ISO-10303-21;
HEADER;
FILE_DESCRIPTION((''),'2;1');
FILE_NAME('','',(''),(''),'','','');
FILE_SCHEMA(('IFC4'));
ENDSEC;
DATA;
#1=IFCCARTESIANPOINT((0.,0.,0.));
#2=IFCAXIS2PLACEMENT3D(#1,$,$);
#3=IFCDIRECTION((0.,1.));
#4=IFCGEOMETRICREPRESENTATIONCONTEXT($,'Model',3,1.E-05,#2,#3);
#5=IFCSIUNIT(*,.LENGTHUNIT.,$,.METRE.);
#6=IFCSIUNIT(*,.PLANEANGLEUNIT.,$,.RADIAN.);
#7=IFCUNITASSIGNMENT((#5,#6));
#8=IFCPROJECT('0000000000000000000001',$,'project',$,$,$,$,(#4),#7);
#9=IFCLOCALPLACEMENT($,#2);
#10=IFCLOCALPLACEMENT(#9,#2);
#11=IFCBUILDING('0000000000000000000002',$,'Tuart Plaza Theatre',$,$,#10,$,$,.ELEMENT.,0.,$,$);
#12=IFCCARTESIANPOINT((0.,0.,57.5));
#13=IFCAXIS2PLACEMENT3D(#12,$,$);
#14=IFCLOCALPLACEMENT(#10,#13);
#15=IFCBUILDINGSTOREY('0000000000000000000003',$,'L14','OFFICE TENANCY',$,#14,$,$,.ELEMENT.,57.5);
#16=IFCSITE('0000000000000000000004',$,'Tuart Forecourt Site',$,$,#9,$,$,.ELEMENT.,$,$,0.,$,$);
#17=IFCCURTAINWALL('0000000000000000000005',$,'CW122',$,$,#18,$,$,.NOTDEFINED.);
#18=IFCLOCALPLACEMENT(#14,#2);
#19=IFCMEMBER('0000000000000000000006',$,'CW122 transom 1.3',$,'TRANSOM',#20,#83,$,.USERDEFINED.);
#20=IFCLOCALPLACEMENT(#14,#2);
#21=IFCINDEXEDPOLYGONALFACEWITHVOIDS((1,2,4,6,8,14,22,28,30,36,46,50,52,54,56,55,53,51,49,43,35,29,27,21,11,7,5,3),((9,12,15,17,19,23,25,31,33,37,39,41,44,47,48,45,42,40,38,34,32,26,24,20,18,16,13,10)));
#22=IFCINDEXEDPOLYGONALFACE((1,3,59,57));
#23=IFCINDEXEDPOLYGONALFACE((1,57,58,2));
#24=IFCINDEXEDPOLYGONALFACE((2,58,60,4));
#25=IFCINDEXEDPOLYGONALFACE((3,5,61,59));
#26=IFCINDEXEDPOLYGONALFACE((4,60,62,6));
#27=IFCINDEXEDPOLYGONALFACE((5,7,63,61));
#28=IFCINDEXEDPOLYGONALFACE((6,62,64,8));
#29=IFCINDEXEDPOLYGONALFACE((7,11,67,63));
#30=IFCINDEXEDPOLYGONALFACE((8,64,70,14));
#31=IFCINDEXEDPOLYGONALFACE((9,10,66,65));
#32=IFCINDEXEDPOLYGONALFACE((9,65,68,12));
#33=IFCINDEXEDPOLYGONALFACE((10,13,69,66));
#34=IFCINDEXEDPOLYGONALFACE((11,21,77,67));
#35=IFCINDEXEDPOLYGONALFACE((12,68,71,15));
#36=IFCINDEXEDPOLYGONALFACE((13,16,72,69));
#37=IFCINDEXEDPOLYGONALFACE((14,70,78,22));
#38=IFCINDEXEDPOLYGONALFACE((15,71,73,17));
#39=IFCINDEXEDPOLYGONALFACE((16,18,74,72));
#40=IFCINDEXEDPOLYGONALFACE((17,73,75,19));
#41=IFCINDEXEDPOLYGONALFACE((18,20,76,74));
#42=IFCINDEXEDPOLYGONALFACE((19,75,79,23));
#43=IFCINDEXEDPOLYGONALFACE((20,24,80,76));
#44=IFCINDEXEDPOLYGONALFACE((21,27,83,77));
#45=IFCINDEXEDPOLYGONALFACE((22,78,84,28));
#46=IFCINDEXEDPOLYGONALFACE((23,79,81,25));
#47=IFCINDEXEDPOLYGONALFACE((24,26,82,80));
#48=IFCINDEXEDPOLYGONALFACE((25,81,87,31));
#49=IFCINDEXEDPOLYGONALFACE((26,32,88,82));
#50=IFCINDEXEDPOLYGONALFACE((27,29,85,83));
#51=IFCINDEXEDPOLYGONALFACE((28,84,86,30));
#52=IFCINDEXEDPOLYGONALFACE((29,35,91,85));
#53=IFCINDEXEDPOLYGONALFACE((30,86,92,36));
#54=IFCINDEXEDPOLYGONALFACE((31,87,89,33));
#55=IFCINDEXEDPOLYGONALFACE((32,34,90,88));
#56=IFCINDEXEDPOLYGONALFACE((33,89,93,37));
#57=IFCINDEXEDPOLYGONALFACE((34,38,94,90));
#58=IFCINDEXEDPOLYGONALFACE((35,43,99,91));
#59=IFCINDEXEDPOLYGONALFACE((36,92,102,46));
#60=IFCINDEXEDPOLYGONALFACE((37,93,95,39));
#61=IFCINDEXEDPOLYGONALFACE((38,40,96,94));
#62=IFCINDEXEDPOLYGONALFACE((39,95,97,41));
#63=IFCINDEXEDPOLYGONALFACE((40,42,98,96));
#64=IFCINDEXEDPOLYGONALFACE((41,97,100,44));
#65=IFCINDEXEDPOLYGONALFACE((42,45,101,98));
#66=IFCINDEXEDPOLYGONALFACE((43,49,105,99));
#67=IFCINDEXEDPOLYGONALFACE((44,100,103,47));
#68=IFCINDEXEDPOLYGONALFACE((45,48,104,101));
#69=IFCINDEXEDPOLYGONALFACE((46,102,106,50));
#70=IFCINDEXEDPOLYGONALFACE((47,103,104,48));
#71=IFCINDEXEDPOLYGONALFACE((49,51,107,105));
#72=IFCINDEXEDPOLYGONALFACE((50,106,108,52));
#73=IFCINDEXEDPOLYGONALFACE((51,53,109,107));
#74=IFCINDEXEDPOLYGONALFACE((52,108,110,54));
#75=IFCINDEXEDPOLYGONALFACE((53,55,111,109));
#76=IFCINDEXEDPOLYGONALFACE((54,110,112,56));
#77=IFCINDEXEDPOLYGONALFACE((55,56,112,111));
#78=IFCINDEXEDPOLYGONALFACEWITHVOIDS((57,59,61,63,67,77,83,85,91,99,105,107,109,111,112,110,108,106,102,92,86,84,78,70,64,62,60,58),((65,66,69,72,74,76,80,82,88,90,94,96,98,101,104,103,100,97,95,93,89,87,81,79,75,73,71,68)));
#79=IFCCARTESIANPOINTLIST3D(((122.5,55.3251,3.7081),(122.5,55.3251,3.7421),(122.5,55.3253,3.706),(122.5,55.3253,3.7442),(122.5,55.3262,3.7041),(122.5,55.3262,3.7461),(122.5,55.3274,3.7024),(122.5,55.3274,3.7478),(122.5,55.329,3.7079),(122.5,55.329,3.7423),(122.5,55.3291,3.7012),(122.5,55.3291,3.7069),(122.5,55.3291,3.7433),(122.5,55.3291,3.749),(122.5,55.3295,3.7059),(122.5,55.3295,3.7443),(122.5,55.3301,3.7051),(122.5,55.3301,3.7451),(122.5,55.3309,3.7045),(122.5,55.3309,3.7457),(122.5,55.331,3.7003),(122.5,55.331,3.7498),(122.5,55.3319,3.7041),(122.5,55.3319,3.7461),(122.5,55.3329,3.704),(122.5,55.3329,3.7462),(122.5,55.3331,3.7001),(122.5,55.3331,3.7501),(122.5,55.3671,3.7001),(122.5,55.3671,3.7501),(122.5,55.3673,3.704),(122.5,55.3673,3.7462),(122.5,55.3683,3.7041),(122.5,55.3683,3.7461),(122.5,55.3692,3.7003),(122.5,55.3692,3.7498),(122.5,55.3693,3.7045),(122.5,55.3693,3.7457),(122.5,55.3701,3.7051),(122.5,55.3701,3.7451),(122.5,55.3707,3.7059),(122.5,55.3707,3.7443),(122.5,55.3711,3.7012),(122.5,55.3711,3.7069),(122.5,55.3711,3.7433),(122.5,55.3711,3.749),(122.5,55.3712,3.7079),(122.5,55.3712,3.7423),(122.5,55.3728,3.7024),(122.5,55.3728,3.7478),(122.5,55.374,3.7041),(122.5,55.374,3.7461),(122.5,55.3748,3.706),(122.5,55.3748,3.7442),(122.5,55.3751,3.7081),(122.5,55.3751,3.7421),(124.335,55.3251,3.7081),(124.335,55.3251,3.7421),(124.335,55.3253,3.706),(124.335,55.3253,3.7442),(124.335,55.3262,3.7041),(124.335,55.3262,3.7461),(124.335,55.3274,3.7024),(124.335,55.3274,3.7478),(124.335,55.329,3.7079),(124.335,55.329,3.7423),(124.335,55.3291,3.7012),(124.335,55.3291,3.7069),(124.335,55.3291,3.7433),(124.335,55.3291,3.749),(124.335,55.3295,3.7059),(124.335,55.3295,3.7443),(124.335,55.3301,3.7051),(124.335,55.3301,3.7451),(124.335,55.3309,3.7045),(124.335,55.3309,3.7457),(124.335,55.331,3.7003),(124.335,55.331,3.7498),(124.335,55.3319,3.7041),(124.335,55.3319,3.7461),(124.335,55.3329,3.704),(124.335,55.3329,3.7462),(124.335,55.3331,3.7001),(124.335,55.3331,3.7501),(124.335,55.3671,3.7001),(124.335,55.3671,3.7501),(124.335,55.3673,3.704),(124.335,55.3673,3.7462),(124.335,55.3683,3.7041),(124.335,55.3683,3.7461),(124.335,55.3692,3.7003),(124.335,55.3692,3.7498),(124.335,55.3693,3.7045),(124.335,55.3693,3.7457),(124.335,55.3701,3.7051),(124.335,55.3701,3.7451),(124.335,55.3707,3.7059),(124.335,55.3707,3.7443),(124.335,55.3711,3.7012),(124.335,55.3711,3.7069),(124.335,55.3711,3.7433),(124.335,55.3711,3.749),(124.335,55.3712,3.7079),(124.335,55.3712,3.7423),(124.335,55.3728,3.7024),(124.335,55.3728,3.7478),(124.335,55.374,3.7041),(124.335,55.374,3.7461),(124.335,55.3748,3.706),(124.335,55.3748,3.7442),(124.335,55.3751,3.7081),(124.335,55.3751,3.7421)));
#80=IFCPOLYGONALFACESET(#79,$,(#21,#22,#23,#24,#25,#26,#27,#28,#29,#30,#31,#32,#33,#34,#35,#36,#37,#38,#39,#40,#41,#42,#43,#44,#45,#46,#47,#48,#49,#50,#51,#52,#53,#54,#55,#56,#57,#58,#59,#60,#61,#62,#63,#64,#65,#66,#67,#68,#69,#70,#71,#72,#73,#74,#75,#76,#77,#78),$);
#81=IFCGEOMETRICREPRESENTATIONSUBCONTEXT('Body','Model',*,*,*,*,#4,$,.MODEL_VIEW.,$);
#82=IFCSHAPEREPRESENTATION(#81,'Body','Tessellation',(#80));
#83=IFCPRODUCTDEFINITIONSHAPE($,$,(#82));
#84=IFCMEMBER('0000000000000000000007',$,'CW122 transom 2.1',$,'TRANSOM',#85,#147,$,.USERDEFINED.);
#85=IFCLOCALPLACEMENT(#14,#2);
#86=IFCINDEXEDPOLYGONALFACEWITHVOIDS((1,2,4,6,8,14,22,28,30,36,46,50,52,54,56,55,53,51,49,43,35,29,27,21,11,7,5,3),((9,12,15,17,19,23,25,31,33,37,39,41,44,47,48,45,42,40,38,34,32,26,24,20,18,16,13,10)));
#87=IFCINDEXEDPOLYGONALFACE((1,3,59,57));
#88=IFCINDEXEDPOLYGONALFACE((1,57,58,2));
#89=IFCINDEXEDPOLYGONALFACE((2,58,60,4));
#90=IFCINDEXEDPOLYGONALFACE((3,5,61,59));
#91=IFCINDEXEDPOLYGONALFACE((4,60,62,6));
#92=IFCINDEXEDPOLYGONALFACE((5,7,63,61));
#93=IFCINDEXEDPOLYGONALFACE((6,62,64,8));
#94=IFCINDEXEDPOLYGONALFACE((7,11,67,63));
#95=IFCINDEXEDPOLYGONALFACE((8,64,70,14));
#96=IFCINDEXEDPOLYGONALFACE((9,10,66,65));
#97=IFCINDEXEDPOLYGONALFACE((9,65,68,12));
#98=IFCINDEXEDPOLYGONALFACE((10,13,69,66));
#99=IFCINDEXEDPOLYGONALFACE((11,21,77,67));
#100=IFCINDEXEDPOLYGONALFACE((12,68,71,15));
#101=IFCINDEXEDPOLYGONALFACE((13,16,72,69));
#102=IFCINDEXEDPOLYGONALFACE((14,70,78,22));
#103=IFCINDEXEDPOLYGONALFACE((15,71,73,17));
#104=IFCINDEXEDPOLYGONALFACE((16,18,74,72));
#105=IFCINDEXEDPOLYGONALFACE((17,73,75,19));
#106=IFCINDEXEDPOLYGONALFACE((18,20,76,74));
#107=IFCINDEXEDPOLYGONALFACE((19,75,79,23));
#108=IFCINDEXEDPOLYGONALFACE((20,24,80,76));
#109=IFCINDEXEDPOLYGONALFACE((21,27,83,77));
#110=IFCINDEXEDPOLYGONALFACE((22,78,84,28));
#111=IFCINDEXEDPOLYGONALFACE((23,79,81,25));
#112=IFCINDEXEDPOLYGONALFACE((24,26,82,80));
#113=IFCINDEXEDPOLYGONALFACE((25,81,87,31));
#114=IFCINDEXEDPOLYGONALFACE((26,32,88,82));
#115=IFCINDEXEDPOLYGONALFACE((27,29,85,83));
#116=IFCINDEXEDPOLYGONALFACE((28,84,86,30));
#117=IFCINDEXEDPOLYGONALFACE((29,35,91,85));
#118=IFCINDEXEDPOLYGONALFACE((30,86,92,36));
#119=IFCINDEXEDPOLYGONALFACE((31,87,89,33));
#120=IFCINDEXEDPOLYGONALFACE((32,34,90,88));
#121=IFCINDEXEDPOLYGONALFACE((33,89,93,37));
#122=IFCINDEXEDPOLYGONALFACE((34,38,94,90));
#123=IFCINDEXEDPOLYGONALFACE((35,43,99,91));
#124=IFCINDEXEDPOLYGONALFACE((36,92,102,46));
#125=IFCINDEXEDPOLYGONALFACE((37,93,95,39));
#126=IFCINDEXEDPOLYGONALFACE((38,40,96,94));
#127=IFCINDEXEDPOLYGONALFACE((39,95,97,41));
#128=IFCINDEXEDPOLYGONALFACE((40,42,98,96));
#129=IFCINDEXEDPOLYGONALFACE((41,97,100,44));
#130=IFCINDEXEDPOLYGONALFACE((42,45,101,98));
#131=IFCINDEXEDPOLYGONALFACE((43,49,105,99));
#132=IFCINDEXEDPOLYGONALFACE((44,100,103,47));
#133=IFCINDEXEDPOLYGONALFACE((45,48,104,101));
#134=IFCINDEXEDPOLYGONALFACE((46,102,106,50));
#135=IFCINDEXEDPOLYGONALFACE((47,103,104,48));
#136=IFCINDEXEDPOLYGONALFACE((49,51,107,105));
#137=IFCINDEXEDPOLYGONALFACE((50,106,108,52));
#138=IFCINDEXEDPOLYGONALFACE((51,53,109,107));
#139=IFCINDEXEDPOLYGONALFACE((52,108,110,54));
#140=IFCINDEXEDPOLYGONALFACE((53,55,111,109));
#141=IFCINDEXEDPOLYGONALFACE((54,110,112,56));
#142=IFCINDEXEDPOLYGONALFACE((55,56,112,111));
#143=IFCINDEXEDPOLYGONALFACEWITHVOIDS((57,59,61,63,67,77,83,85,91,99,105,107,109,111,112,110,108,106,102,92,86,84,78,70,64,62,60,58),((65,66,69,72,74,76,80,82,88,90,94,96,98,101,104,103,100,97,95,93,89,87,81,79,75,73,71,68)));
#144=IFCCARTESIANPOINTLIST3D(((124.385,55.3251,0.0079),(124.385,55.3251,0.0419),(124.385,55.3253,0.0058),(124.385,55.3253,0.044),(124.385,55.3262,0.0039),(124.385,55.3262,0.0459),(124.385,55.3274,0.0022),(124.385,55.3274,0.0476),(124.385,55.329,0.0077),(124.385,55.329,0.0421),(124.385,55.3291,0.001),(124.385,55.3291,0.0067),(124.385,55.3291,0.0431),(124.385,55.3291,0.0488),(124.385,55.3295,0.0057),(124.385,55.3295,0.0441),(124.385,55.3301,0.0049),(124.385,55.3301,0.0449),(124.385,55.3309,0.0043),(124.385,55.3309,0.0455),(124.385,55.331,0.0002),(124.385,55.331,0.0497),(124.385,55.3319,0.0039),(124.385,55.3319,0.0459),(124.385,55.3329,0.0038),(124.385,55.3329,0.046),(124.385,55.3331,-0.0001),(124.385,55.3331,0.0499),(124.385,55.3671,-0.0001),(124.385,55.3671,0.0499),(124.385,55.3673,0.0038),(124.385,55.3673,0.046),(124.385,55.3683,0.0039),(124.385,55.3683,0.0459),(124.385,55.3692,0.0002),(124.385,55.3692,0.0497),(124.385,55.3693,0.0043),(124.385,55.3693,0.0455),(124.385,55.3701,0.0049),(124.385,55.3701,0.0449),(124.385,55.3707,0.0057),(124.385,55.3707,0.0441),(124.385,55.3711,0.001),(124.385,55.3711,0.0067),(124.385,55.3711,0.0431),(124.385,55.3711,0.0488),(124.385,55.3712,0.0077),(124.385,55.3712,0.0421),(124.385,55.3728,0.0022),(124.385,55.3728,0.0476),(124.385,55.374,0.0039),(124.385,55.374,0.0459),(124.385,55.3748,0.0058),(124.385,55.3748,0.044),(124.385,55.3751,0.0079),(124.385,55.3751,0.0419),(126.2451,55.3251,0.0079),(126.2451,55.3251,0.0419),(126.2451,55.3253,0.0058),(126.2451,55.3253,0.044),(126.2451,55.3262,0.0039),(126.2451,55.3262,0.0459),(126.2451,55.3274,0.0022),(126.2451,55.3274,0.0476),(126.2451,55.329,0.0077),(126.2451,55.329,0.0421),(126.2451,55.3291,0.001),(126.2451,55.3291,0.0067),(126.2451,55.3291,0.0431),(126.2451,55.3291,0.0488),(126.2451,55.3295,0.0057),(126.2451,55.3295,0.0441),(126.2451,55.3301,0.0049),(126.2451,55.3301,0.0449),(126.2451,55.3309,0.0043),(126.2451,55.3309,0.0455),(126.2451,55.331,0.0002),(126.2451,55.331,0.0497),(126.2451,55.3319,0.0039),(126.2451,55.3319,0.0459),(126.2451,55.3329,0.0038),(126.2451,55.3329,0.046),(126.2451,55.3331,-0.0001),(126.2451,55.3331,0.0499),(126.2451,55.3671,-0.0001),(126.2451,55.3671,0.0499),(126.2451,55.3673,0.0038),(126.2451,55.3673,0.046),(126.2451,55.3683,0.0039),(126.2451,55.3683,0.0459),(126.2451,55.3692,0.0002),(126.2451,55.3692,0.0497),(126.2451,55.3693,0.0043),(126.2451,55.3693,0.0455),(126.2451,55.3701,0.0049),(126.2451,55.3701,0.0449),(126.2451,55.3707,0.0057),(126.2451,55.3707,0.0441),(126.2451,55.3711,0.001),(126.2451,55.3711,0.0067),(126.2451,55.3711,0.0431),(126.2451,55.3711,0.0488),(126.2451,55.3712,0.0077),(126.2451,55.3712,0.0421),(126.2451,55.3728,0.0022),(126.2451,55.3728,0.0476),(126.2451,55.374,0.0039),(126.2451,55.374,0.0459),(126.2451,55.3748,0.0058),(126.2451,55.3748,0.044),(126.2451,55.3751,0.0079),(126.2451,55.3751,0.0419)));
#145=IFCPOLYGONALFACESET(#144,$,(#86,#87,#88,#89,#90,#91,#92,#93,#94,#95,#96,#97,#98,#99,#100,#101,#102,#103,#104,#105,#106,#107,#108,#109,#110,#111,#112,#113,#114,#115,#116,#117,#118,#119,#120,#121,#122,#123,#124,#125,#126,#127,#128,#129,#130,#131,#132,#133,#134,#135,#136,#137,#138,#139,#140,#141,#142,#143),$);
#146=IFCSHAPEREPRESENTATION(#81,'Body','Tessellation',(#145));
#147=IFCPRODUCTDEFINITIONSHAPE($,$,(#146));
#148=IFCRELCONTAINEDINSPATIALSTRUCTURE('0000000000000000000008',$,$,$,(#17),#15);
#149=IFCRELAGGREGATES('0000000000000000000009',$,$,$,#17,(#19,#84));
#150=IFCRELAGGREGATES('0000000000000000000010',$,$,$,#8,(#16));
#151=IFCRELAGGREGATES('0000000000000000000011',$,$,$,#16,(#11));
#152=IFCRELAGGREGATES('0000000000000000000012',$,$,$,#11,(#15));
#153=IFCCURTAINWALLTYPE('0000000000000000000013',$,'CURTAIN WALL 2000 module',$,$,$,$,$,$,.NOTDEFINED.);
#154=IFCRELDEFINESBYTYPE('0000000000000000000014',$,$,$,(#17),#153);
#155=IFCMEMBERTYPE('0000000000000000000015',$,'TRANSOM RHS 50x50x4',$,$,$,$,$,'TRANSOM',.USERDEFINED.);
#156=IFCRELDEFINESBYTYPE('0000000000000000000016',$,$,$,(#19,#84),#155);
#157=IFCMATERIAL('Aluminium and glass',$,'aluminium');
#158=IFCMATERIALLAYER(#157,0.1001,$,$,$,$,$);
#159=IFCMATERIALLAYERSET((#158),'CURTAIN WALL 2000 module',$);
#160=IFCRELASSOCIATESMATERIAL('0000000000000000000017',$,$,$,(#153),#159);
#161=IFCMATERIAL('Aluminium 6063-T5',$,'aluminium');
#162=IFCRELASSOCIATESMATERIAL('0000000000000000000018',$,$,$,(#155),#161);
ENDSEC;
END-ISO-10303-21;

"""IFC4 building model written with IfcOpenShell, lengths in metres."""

from ifc_helpers import new_model, si_unit, direction, frame, origin, origin_2d, place, context, subcontext, project, spatial, hollow_rectangle, extrude, material, layer, layer_set, material_profile, profile_set, type_object, element, aggregate, save


model = new_model("IFC4")

# Units and contexts
model_context = context("Model", 3, precision=1e-05, world=origin(), true_north=direction((0.0, 1.0)))
body_context = subcontext(model_context, "Body", "Model", "MODEL_VIEW")
ifc_project = project(units=[si_unit("LENGTHUNIT", "METRE"), si_unit("PLANEANGLEUNIT", "RADIAN")], contexts=[model_context])

# Site, building, storey
site_placement = place(None, origin())
site = spatial("IfcSite", under=ifc_project, at=site_placement, Name="Tuart Forecourt Site", CompositionType="ELEMENT", RefElevation=0.0)
building_placement = place(site_placement, origin())
building = spatial("IfcBuilding", under=site, at=building_placement, Name="Tuart Plaza Theatre", CompositionType="ELEMENT", ElevationOfRefHeight=0.0)
storey_placement = place(building_placement, frame((0.0, 0.0, 57.5)))
storey = spatial("IfcBuildingStorey", under=building, at=storey_placement, Name="L14", Description="OFFICE TENANCY", CompositionType="ELEMENT", Elevation=57.5)

# Shared definitions
ifc_material_1 = material(Name="Aluminium and glass", Category="aluminium")
ifc_layer_1 = layer(ifc_material_1, 0.1001)
ifc_layer_set_1 = layer_set([ifc_layer_1], Name="CURTAIN WALL 2000 module")
curtain_wall_type = type_object("IfcCurtainWallType", Name="CURTAIN WALL 2000 module", PredefinedType="NOTDEFINED", material=ifc_layer_set_1)

# Curtain wall
curtain_wall_1_placement = place(storey_placement, origin())
curtain_wall_1 = element("IfcCurtainWall", 1, at=curtain_wall_1_placement, inside=storey, type_object=curtain_wall_type, Name="CW122", PredefinedType="NOTDEFINED")

# Members
ifc_material_2 = material(Name="Aluminium 6063-T5", Category="aluminium")
ifc_material_profile_1 = material_profile(ifc_material_2, hollow_rectangle(XDim=0.05, YDim=0.05, WallThickness=0.0039, InnerFilletRadius=0.0039, OuterFilletRadius=0.0081, at=origin_2d()), Name="RHS 50x50x4")
ifc_profile_set_1 = profile_set([ifc_material_profile_1], Name="Aluminium 6063-T5")
member_type_1 = type_object("IfcMemberType", Name="TRANSOM RHS 50x50x4", ElementType="TRANSOM", PredefinedType="USERDEFINED", material=ifc_profile_set_1)
member_1_placement = place(storey_placement, frame((122.5, 55.3501, 3.7251), z_axis=(1.0, 0.0, 0.0), x_axis=(0.0, 1.0, 0.0)))
member_1 = element("IfcMember", 2, at=member_1_placement, type_object=member_type_1, Name="CW122 transom 1.3", ObjectType="TRANSOM", PredefinedType="USERDEFINED", context=body_context, shape_type="SweptSolid", body=[
    extrude(hollow_rectangle(XDim=0.05, YDim=0.05, WallThickness=0.0039, InnerFilletRadius=0.0039, OuterFilletRadius=0.0081, at=origin_2d()), origin(), (0.0, 0.0, 1.0), 1.835),
])
member_2_placement = place(storey_placement, frame((124.385, 55.3501, 0.0249), z_axis=(1.0, 0.0, 0.0), x_axis=(0.0, 1.0, 0.0)))
member_2 = element("IfcMember", 3, at=member_2_placement, type_object=member_type_1, Name="CW122 transom 2.1", ObjectType="TRANSOM", PredefinedType="USERDEFINED", context=body_context, shape_type="SweptSolid", body=[
    extrude(hollow_rectangle(XDim=0.05, YDim=0.05, WallThickness=0.0039, InnerFilletRadius=0.0039, OuterFilletRadius=0.0081, at=origin_2d()), origin(), (0.0, 0.0, 1.0), 1.8601),
])

aggregate(curtain_wall_1, [member_1, member_2])

save(model, "model.ifc")
